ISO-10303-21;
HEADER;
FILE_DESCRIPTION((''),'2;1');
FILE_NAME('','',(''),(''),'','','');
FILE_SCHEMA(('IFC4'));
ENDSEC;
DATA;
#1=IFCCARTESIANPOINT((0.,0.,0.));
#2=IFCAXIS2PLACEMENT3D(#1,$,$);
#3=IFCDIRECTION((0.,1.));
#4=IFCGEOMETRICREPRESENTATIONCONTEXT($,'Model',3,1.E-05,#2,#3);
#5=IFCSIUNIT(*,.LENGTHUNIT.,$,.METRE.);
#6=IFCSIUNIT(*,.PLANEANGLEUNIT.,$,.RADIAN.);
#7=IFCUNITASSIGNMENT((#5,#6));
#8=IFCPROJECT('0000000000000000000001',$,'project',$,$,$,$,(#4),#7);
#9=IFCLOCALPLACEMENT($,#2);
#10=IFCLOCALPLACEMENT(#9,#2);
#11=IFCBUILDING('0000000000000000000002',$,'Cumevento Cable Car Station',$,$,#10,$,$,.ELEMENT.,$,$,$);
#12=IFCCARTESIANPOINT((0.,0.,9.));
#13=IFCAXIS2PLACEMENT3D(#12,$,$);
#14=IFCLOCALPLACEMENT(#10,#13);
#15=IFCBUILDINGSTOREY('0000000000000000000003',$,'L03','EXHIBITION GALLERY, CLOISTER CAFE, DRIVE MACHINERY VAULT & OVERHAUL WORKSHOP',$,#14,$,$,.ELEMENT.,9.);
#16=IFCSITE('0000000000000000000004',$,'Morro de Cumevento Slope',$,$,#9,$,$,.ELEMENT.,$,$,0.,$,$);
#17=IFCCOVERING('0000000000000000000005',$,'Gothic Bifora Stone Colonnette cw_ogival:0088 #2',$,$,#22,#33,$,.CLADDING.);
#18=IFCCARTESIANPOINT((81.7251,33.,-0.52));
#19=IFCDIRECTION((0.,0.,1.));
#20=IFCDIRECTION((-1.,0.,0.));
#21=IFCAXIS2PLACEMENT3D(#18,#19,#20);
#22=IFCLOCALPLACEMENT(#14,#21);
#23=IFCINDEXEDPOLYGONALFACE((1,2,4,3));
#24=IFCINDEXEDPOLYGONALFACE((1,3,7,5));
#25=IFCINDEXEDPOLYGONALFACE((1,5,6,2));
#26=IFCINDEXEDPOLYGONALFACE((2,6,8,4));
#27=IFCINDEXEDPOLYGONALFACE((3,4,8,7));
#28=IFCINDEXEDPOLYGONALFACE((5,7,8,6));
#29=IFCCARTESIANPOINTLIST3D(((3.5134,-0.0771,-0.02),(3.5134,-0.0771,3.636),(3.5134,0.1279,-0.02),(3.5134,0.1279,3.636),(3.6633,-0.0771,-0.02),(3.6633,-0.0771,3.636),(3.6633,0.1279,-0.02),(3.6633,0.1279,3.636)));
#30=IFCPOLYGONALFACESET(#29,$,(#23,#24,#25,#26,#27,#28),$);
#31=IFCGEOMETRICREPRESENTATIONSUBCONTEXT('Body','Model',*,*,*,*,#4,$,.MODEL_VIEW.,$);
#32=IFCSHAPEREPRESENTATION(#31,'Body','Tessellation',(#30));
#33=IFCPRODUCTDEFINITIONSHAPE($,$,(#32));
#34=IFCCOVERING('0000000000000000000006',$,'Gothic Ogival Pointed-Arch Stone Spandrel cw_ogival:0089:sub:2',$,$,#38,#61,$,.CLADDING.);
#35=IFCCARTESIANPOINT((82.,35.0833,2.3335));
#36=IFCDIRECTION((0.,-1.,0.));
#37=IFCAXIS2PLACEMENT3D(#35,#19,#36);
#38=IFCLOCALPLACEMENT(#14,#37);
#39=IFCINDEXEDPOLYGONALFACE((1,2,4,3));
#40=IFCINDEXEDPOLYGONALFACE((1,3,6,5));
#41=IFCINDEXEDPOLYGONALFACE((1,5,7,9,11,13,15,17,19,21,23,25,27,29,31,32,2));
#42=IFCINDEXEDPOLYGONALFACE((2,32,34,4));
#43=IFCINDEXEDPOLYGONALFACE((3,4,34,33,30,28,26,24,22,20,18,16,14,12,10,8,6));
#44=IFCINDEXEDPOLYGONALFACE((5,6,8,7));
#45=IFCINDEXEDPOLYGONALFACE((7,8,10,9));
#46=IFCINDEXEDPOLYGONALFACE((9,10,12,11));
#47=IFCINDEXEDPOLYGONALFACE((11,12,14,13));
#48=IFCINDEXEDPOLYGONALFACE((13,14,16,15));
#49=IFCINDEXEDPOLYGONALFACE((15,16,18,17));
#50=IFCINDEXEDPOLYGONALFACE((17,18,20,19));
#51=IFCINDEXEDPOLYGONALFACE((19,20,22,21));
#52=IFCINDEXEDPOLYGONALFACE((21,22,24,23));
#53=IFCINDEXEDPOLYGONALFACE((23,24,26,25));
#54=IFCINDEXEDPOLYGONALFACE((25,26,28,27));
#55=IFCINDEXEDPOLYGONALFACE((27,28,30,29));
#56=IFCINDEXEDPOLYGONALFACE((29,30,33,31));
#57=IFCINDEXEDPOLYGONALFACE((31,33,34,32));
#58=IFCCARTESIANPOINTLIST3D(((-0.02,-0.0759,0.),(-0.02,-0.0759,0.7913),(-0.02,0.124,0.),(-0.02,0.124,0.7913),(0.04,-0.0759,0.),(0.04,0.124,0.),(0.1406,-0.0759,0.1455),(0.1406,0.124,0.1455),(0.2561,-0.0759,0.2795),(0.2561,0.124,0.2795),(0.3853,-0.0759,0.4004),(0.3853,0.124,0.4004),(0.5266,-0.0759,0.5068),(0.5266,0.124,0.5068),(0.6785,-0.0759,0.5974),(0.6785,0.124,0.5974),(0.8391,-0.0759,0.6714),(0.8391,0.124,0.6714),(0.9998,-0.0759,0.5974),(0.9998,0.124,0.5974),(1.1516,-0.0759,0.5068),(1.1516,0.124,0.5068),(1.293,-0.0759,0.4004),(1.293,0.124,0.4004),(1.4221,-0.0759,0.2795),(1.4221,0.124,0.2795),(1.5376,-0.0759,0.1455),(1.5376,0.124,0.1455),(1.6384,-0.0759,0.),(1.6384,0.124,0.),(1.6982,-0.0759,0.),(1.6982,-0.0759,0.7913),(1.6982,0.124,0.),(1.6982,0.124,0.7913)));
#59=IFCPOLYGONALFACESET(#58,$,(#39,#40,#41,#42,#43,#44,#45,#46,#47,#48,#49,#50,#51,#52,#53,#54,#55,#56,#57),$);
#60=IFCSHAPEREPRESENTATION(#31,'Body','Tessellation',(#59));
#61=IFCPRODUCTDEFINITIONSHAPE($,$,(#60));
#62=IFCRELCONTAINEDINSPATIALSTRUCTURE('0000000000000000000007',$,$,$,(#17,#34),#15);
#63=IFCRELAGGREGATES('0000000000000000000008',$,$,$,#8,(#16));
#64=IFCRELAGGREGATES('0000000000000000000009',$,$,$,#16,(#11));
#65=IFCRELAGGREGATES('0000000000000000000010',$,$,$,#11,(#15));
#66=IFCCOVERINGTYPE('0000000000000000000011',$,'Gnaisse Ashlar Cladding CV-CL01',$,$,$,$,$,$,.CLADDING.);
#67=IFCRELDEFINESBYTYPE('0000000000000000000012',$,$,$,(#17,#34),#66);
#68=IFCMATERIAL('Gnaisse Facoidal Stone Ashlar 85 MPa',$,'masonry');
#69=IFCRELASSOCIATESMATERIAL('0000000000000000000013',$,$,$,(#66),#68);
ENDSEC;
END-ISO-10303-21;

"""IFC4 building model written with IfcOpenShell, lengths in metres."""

from ifc_helpers import new_model, si_unit, direction, frame, origin, place, context, subcontext, project, spatial, polyline, outline, extrude, material, type_object, element, save


model = new_model("IFC4")

# Units and contexts
model_context = context("Model", 3, precision=1e-05, world=origin(), true_north=direction((0.0, 1.0)))
body_context = subcontext(model_context, "Body", "Model", "MODEL_VIEW")
ifc_project = project(units=[si_unit("LENGTHUNIT", "METRE"), si_unit("PLANEANGLEUNIT", "RADIAN")], contexts=[model_context])

# Site, building, storey
site_placement = place(None, origin())
site = spatial("IfcSite", under=ifc_project, at=site_placement, Name="Morro de Cumevento Slope", CompositionType="ELEMENT", RefElevation=0.0)
building_placement = place(site_placement, origin())
building = spatial("IfcBuilding", under=site, at=building_placement, Name="Cumevento Cable Car Station", CompositionType="ELEMENT")
storey_placement = place(building_placement, frame((0.0, 0.0, 9.0)))
storey = spatial("IfcBuildingStorey", under=building, at=storey_placement, Name="L03", Description="EXHIBITION GALLERY, CLOISTER CAFE, DRIVE MACHINERY VAULT & OVERHAUL WORKSHOP", CompositionType="ELEMENT", Elevation=9.0)

# Coverings
ifc_material_1 = material(Name="Gnaisse Facoidal Stone Ashlar 85 MPa", Category="masonry")
covering_type = type_object("IfcCoveringType", Name="Gnaisse Ashlar Cladding CV-CL01", PredefinedType="CLADDING", material=ifc_material_1)
covering_1_placement = place(storey_placement, frame((81.7251, 33.0, -0.52), z_axis=(0.0, 0.0, 1.0), x_axis=(-1.0, 0.0, 0.0)))
element("IfcCovering", 1, at=covering_1_placement, inside=storey, type_object=covering_type, Name="Gothic Bifora Stone Colonnette cw_ogival:0088 #2", PredefinedType="CLADDING", context=body_context, shape_type="SweptSolid", body=[
    extrude(outline(polyline([(3.5134, -0.02), (3.6633, -0.02), (3.6633, 3.636), (3.5134, 3.636), (3.5134, -0.02)])), frame((0.0, 0.1279, 0.0), z_axis=(0.0, -1.0, 0.0), x_axis=(1.0, 0.0, 0.0)), (0.0, 0.0, 1.0), 0.2051),
])
covering_2_placement = place(storey_placement, frame((82.0, 35.0833, 2.3335), z_axis=(0.0, 0.0, 1.0), x_axis=(0.0, -1.0, 0.0)))
element("IfcCovering", 2, at=covering_2_placement, inside=storey, type_object=covering_type, Name="Gothic Ogival Pointed-Arch Stone Spandrel cw_ogival:0089:sub:2", PredefinedType="CLADDING", context=body_context, shape_type="SweptSolid", body=[
    extrude(outline(polyline([(-0.02, 0.0), (-0.02, 0.7913), (1.6982, 0.7913), (1.6982, 0.0), (1.6384, 0.0), (1.5376, 0.1455), (1.4221, 0.2795), (1.293, 0.4004), (1.1516, 0.5068), (0.9998, 0.5974), (0.8391, 0.6714), (0.6785, 0.5974), (0.5266, 0.5068), (0.3853, 0.4004), (0.2561, 0.2795), (0.1406, 0.1455), (0.04, 0.0), (-0.02, 0.0)])), frame((0.0, 0.124, 0.0), z_axis=(0.0, -1.0, 0.0), x_axis=(1.0, 0.0, 0.0)), (0.0, 0.0, 1.0), 0.2),
])

save(model, "model.ifc")
